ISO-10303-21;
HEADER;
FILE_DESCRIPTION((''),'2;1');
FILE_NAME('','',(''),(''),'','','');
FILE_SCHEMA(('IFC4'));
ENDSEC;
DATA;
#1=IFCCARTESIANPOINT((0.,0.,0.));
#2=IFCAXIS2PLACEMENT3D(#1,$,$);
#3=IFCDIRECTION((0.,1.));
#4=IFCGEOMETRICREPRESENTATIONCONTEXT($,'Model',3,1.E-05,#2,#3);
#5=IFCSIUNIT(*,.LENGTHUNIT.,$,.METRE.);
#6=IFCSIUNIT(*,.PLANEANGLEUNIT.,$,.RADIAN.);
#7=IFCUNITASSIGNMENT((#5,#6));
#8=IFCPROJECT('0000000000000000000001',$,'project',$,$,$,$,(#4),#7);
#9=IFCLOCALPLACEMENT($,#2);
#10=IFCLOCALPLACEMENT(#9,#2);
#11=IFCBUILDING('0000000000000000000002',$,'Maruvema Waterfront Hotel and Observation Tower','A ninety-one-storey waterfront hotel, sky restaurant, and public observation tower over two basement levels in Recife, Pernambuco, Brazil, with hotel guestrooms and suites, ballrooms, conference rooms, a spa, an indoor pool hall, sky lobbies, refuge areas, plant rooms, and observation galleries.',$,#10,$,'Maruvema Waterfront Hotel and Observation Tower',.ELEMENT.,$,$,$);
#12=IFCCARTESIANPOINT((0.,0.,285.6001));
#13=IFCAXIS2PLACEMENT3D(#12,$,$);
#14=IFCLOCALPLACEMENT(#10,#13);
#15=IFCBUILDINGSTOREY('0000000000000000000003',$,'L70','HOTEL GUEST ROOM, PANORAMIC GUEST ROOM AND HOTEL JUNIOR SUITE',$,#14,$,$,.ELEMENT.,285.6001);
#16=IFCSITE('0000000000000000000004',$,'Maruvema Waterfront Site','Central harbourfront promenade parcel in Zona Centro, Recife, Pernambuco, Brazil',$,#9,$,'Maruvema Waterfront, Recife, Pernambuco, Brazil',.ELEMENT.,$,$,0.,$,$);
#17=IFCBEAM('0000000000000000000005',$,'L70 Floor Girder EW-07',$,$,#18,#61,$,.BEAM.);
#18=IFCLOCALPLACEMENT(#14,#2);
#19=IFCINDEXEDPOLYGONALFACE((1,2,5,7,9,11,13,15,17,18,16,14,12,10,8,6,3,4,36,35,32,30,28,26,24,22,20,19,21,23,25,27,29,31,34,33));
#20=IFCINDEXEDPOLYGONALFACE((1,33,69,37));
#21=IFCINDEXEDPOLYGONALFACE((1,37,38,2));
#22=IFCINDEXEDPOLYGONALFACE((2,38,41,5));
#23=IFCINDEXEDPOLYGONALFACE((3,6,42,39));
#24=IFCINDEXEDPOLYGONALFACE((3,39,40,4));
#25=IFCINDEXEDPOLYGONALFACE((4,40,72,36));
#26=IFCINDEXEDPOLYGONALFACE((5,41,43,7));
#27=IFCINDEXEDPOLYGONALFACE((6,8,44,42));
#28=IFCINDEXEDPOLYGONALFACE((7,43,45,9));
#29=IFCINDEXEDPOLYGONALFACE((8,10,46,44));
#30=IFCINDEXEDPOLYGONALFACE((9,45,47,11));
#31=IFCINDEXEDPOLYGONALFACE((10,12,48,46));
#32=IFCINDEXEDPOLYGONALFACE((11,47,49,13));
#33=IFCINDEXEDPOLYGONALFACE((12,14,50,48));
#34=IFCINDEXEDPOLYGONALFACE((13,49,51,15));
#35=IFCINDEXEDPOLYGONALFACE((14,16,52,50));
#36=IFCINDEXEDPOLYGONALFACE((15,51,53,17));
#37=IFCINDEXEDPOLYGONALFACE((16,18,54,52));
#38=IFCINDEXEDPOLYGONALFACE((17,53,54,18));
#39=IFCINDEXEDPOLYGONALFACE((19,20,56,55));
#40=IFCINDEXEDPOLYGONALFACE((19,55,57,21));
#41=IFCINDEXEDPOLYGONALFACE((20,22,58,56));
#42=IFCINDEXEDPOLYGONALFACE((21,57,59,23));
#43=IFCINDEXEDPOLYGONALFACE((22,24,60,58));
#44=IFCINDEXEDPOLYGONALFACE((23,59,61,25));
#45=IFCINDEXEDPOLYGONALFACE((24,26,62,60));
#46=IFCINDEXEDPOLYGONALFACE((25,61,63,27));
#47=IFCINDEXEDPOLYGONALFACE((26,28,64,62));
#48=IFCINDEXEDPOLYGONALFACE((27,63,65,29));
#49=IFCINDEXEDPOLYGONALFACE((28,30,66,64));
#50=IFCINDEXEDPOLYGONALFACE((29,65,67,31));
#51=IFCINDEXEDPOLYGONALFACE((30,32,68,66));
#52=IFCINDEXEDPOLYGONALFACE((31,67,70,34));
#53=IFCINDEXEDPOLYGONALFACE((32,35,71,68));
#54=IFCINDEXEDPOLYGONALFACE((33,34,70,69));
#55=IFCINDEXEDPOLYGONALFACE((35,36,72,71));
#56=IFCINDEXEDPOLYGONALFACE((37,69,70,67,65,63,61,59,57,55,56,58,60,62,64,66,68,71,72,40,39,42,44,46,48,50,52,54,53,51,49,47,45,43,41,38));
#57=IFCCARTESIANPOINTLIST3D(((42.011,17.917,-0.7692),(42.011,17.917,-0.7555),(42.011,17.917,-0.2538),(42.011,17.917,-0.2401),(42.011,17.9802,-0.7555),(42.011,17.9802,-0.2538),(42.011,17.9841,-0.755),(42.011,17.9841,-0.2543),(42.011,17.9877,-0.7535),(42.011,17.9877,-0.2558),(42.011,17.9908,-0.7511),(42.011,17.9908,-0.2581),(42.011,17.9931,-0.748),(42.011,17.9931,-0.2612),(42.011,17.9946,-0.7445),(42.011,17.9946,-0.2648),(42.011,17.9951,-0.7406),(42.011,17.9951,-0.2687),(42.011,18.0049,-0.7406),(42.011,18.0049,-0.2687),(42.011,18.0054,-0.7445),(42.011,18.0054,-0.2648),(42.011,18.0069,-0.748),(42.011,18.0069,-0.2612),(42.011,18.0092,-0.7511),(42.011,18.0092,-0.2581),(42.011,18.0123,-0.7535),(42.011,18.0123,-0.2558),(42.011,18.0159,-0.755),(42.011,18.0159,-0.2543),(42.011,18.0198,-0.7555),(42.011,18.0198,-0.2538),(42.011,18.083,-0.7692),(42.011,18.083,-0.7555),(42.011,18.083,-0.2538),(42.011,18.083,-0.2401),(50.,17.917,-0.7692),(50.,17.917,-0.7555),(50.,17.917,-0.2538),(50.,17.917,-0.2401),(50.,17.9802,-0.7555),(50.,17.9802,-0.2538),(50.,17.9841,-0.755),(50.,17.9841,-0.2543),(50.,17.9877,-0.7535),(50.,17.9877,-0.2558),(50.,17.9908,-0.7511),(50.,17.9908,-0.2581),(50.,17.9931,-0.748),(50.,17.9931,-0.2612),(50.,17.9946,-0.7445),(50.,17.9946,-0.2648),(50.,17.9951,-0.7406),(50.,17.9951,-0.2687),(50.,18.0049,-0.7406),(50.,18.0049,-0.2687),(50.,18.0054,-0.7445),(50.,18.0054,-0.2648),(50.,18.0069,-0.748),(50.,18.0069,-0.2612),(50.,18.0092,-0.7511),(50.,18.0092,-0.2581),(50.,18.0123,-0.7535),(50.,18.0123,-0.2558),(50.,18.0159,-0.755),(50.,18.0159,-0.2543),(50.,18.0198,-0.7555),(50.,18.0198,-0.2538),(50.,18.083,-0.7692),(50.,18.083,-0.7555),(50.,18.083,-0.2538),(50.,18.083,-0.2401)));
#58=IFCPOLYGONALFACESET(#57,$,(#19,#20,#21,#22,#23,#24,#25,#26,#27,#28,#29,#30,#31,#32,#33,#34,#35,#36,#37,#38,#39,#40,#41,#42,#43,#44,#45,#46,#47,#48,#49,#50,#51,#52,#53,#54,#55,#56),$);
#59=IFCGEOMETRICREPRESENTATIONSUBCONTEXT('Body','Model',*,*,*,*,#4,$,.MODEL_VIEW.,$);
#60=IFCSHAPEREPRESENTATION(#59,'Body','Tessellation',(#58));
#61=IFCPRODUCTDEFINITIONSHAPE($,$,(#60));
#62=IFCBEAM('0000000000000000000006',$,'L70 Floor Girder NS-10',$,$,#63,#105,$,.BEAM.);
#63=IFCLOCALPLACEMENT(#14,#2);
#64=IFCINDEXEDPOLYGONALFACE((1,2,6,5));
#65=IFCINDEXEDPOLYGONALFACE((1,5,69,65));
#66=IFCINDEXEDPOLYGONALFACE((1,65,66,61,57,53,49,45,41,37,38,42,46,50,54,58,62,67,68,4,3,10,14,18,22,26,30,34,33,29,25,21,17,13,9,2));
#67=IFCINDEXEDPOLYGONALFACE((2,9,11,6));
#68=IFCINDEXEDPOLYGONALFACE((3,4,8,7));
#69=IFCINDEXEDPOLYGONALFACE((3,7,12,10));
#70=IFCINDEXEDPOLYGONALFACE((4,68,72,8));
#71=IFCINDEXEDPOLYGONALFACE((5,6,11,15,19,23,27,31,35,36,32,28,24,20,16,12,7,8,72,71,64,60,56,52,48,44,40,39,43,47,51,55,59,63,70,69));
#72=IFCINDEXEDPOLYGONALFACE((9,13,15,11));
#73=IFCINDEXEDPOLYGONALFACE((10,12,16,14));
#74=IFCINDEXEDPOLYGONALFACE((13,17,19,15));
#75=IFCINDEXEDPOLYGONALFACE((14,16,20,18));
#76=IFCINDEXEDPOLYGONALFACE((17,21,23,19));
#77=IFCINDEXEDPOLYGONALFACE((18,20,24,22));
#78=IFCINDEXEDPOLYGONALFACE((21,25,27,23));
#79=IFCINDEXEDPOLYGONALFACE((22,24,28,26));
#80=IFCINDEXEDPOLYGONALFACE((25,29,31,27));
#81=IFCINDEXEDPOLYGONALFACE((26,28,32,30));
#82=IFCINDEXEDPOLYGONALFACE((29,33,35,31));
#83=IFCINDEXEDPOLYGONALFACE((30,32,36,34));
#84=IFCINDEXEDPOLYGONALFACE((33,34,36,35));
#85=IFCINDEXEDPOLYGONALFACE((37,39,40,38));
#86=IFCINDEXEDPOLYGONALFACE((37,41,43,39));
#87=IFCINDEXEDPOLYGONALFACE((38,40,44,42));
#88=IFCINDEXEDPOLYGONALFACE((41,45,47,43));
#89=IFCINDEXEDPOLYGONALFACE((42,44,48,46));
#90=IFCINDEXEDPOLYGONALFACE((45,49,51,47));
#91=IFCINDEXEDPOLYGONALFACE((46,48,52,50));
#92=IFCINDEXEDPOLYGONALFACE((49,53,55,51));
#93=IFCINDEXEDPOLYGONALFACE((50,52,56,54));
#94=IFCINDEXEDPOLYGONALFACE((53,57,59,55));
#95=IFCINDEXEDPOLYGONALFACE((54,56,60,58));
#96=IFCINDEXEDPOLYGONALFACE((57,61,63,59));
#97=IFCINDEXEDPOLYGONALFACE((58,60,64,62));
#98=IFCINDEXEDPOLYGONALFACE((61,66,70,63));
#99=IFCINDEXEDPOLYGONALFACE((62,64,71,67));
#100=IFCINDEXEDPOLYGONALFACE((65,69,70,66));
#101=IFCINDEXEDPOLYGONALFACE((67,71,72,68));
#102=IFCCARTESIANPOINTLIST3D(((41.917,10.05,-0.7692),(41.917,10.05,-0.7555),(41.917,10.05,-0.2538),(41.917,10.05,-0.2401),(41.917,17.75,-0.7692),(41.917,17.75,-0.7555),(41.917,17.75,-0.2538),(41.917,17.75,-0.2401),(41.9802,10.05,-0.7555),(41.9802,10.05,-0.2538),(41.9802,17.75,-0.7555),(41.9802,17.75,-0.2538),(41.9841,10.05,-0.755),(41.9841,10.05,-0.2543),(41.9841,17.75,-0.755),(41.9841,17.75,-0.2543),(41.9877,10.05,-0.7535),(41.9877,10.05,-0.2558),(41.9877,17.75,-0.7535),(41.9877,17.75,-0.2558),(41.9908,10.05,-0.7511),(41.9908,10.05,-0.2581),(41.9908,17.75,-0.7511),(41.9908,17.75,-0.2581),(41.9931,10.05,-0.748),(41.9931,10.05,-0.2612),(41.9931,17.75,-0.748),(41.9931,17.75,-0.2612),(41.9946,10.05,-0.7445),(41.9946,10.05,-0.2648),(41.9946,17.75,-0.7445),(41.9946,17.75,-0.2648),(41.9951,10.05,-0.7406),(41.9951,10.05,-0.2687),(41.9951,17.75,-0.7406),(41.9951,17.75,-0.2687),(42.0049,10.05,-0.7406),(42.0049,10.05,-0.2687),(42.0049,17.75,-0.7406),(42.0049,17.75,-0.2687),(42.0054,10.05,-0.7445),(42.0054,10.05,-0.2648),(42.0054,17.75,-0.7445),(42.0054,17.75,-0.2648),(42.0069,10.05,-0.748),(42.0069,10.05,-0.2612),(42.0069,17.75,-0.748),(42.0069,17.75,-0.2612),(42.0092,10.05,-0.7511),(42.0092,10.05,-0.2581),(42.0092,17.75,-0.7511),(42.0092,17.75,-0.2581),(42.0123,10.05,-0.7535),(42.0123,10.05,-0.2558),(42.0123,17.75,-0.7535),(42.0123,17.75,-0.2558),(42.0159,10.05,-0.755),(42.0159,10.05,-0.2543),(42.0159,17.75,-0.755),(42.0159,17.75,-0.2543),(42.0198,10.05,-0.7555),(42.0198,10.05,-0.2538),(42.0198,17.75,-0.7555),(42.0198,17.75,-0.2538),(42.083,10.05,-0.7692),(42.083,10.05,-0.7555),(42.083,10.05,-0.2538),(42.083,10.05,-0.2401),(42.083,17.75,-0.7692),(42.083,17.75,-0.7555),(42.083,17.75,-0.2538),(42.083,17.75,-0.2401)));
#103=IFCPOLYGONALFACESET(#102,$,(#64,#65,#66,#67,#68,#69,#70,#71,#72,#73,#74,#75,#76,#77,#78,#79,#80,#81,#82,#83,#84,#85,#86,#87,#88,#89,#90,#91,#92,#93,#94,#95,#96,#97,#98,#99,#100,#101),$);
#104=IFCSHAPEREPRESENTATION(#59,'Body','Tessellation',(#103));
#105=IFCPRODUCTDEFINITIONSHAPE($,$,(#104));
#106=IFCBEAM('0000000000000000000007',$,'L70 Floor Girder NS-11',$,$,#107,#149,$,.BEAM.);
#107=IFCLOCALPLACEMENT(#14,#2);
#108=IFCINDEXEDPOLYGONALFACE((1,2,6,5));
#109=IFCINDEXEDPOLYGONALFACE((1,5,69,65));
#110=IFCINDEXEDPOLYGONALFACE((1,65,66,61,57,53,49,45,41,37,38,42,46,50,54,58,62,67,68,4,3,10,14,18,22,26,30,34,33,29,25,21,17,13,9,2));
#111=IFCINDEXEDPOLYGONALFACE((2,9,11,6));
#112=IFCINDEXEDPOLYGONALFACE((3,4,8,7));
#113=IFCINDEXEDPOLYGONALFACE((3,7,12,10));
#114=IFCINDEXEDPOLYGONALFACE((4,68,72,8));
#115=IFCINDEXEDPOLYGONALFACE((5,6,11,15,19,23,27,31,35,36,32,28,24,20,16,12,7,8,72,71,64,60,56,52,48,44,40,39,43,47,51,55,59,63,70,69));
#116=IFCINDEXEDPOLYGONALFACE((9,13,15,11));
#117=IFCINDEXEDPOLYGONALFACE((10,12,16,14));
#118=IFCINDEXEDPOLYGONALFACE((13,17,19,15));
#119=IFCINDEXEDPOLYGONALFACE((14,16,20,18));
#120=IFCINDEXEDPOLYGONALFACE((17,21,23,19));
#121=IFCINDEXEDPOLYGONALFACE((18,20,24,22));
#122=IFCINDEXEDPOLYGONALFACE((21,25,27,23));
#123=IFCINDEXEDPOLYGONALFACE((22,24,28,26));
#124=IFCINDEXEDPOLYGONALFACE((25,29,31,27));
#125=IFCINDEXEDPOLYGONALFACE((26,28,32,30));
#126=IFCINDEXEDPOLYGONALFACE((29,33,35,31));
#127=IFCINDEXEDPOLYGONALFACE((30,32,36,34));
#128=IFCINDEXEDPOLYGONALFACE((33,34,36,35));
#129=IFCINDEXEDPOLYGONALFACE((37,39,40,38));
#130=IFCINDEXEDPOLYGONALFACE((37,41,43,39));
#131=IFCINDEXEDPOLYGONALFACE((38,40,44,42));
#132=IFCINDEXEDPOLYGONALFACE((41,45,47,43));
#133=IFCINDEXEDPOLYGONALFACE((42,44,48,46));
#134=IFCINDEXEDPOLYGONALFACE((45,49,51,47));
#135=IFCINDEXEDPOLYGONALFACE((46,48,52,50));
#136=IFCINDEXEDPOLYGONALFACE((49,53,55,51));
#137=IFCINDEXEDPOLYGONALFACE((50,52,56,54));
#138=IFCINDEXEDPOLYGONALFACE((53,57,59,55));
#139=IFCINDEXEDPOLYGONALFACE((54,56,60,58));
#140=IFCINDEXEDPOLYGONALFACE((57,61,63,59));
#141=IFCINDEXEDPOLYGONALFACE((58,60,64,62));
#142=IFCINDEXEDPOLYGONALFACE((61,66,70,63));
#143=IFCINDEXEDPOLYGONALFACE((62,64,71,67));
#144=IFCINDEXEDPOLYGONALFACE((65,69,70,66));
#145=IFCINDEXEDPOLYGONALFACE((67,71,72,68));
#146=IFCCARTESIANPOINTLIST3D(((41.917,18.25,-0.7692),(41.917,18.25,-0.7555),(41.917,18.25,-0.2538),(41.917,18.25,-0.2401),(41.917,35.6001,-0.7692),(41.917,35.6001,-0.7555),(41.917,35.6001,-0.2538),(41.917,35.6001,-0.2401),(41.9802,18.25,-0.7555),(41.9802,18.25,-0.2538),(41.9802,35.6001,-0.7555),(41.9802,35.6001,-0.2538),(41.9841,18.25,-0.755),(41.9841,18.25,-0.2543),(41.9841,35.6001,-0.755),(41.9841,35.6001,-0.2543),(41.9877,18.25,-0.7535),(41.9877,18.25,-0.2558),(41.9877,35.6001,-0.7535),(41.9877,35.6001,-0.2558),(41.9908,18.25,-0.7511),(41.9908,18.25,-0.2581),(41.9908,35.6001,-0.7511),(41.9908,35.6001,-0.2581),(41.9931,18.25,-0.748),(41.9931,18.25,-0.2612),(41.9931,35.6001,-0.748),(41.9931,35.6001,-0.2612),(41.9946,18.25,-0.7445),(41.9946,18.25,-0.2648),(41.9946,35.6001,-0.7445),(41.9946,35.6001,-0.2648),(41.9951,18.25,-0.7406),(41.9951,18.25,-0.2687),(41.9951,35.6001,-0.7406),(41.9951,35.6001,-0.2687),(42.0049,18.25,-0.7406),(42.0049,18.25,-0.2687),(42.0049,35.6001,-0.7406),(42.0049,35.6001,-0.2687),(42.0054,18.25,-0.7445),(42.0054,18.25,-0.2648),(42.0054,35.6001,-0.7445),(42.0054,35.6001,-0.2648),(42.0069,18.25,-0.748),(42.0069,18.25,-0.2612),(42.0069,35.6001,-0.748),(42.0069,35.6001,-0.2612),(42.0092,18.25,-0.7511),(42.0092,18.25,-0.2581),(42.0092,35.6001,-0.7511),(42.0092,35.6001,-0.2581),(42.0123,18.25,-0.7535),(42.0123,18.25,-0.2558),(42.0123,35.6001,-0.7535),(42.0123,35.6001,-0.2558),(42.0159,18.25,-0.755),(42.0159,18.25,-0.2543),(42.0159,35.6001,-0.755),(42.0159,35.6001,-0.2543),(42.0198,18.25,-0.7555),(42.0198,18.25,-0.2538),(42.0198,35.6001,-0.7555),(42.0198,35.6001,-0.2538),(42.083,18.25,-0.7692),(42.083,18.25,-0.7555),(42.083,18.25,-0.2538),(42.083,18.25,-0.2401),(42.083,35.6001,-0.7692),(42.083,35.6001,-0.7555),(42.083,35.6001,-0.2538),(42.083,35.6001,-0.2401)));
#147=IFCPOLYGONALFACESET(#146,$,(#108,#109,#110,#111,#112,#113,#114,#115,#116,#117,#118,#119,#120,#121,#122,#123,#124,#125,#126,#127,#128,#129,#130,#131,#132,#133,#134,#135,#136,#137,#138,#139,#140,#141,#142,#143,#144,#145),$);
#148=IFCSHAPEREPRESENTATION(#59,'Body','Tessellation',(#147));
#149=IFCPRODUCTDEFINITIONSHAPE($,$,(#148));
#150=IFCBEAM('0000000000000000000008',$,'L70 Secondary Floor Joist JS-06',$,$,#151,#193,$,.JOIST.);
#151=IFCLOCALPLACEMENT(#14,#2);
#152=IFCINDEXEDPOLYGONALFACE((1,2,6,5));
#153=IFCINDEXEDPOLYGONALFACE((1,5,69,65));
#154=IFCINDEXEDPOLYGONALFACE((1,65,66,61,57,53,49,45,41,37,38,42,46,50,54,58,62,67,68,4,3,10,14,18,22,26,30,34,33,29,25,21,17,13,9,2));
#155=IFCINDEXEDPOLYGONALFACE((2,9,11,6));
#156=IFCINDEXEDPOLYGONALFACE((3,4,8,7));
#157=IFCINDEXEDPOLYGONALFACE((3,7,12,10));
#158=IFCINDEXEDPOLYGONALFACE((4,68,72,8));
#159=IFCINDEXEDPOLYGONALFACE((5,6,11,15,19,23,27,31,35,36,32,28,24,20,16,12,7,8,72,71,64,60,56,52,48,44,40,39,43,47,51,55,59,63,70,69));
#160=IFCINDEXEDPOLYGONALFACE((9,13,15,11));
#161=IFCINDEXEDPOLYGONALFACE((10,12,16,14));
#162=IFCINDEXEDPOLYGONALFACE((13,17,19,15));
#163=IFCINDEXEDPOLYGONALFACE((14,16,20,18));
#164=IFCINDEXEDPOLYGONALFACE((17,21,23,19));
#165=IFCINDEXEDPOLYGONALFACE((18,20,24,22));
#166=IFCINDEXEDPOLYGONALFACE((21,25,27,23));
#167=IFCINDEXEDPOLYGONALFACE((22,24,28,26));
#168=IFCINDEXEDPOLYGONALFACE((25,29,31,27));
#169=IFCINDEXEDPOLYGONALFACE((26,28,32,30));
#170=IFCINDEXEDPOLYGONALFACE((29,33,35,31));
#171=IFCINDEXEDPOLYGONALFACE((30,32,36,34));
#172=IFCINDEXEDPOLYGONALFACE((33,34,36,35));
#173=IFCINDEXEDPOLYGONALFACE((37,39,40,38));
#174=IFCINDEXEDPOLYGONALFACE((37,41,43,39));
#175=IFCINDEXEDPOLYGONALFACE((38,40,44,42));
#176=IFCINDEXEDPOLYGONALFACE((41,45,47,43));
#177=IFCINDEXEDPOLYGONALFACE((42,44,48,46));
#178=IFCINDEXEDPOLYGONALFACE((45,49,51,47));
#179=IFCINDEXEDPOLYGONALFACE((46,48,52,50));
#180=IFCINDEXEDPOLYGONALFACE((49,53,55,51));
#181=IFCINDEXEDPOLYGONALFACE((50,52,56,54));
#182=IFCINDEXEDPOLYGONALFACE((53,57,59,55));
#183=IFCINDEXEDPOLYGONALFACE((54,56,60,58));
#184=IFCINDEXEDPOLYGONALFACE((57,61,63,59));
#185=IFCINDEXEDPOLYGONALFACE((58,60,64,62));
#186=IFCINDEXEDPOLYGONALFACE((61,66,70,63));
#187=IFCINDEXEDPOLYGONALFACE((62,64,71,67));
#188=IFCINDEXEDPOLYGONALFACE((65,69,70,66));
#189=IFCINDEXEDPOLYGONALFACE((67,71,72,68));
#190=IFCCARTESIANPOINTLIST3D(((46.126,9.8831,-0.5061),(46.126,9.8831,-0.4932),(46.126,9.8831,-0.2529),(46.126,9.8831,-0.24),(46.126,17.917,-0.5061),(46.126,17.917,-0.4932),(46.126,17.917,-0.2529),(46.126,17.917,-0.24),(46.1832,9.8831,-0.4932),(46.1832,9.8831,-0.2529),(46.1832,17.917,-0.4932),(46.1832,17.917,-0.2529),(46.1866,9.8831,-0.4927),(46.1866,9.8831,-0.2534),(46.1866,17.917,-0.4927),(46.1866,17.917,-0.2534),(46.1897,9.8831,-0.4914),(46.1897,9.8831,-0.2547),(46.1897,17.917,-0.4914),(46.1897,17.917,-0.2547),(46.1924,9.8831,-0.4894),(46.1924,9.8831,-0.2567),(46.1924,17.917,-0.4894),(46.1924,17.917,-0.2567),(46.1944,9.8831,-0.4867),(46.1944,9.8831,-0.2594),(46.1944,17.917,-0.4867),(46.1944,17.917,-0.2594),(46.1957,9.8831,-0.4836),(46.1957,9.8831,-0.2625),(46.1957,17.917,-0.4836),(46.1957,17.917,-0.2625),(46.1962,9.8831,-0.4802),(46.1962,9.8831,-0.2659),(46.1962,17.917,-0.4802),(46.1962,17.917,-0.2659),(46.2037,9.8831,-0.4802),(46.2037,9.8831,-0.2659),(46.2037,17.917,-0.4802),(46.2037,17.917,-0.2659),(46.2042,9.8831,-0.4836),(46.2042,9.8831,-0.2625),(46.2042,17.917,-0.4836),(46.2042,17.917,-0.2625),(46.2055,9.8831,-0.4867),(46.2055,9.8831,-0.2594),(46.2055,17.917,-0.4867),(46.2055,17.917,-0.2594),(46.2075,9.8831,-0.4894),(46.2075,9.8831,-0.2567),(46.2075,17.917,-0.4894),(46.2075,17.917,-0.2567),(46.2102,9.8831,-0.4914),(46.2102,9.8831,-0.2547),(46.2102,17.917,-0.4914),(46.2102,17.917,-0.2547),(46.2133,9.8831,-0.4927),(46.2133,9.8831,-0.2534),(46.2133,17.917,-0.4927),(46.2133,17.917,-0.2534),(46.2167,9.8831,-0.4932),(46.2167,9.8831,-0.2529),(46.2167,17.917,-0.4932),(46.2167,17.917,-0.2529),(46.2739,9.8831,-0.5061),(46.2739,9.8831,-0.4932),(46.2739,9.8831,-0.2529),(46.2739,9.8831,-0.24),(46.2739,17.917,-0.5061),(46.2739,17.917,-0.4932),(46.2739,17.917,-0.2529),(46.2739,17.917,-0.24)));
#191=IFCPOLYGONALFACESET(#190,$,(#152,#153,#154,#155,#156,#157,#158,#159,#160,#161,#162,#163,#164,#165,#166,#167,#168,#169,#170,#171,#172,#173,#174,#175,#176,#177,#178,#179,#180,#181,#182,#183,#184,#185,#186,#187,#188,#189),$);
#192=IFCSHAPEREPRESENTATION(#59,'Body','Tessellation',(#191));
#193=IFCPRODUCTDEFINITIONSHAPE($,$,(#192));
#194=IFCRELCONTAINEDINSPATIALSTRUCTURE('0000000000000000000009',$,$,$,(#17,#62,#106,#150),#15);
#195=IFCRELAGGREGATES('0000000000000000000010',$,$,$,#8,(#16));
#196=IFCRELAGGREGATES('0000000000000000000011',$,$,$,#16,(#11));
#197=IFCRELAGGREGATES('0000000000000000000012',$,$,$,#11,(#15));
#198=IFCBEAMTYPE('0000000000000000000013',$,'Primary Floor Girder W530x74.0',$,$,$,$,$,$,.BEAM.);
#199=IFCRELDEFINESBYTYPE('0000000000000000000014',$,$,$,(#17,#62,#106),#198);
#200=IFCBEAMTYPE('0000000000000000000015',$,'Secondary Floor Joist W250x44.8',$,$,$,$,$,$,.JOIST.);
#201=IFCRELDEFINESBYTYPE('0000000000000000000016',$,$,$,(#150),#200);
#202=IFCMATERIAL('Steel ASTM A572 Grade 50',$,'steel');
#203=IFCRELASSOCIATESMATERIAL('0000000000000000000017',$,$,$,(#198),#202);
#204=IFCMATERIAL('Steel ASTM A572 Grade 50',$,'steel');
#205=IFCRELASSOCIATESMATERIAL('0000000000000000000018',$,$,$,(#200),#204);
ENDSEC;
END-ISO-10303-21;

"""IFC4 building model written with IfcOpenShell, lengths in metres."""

from ifc_helpers import new_model, si_unit, direction, frame, origin, origin_2d, place, context, subcontext, project, spatial, i_section, extrude, material, material_profile, profile_set, type_object, element, save


model = new_model("IFC4")

# Units and contexts
model_context = context("Model", 3, precision=1e-05, world=origin(), true_north=direction((0.0, 1.0)))
body_context = subcontext(model_context, "Body", "Model", "MODEL_VIEW")
ifc_project = project(units=[si_unit("LENGTHUNIT", "METRE"), si_unit("PLANEANGLEUNIT", "RADIAN")], contexts=[model_context])

# Site, building, storey
site_placement = place(None, origin())
site = spatial("IfcSite", under=ifc_project, at=site_placement, Name="Maruvema Waterfront Site", Description="Central harbourfront promenade parcel in Zona Centro, Recife, Pernambuco, Brazil", LongName="Maruvema Waterfront, Recife, Pernambuco, Brazil", CompositionType="ELEMENT", RefElevation=0.0)
building_placement = place(site_placement, origin())
building = spatial("IfcBuilding", under=site, at=building_placement, Name="Maruvema Waterfront Hotel and Observation Tower", Description="A ninety-one-storey waterfront hotel, sky restaurant, and public observation tower over two basement levels in Recife, Pernambuco, Brazil, with hotel guestrooms and suites, ballrooms, conference rooms, a spa, an indoor pool hall, sky lobbies, refuge areas, plant rooms, and observation galleries.", LongName="Maruvema Waterfront Hotel and Observation Tower", CompositionType="ELEMENT")
storey_placement = place(building_placement, frame((0.0, 0.0, 285.6001)))
storey = spatial("IfcBuildingStorey", under=building, at=storey_placement, Name="L70", Description="HOTEL GUEST ROOM, PANORAMIC GUEST ROOM AND HOTEL JUNIOR SUITE", CompositionType="ELEMENT", Elevation=285.6001)

# Beams
ifc_material_1 = material(Name="Steel ASTM A572 Grade 50", Category="steel")
ifc_material_profile_1 = material_profile(ifc_material_1, i_section(OverallWidth=0.166, OverallDepth=0.5291, WebThickness=0.0098, FlangeThickness=0.0137, FilletRadius=0.0149, at=origin_2d()), Name="W530x74.0")
ifc_profile_set_1 = profile_set([ifc_material_profile_1], Name="Steel ASTM A572 Grade 50")
beam_type_1 = type_object("IfcBeamType", Name="Primary Floor Girder W530x74.0", PredefinedType="BEAM", material=ifc_profile_set_1)
beam_1_placement = place(storey_placement, frame((42.011, 18.0, -0.5046), z_axis=(1.0, 0.0, 0.0), x_axis=(0.0, 1.0, 0.0)))
element("IfcBeam", 1, at=beam_1_placement, inside=storey, type_object=beam_type_1, Name="L70 Floor Girder EW-07", PredefinedType="BEAM", context=body_context, shape_type="SweptSolid", body=[
    extrude(i_section(OverallWidth=0.166, OverallDepth=0.5291, WebThickness=0.0098, FlangeThickness=0.0137, FilletRadius=0.0149, at=origin_2d()), origin(), (0.0, 0.0, 1.0), 7.989),
])
beam_2_placement = place(storey_placement, frame((42.0, 10.05, -0.5046), z_axis=(0.0, 1.0, 0.0), x_axis=(-1.0, 0.0, 0.0)))
element("IfcBeam", 2, at=beam_2_placement, inside=storey, type_object=beam_type_1, Name="L70 Floor Girder NS-10", PredefinedType="BEAM", context=body_context, shape_type="SweptSolid", body=[
    extrude(i_section(OverallWidth=0.166, OverallDepth=0.5291, WebThickness=0.0098, FlangeThickness=0.0137, FilletRadius=0.0149, at=origin_2d()), origin(), (0.0, 0.0, 1.0), 7.7),
])
beam_3_placement = place(storey_placement, frame((42.0, 18.25, -0.5046), z_axis=(0.0, 1.0, 0.0), x_axis=(-1.0, 0.0, 0.0)))
element("IfcBeam", 3, at=beam_3_placement, inside=storey, type_object=beam_type_1, Name="L70 Floor Girder NS-11", PredefinedType="BEAM", context=body_context, shape_type="SweptSolid", body=[
    extrude(i_section(OverallWidth=0.166, OverallDepth=0.5291, WebThickness=0.0098, FlangeThickness=0.0137, FilletRadius=0.0149, at=origin_2d()), origin(), (0.0, 0.0, 1.0), 17.3501),
])
ifc_material_2 = material(Name="Steel ASTM A572 Grade 50", Category="steel")
ifc_material_profile_2 = material_profile(ifc_material_2, i_section(OverallWidth=0.1479, OverallDepth=0.2661, WebThickness=0.0076, FlangeThickness=0.0129, FilletRadius=0.0129, at=origin_2d()), Name="W250x44.8")
ifc_profile_set_2 = profile_set([ifc_material_profile_2], Name="Steel ASTM A572 Grade 50")
beam_type_2 = type_object("IfcBeamType", Name="Secondary Floor Joist W250x44.8", PredefinedType="JOIST", material=ifc_profile_set_2)
beam_4_placement = place(storey_placement, frame((46.2, 9.8831, -0.373), z_axis=(0.0, 1.0, 0.0), x_axis=(-1.0, 0.0, 0.0)))
element("IfcBeam", 4, at=beam_4_placement, inside=storey, type_object=beam_type_2, Name="L70 Secondary Floor Joist JS-06", PredefinedType="JOIST", context=body_context, shape_type="SweptSolid", body=[
    extrude(i_section(OverallWidth=0.1479, OverallDepth=0.2661, WebThickness=0.0076, FlangeThickness=0.0129, FilletRadius=0.0129, at=origin_2d()), origin(), (0.0, 0.0, 1.0), 8.0339),
])

save(model, "model.ifc")
